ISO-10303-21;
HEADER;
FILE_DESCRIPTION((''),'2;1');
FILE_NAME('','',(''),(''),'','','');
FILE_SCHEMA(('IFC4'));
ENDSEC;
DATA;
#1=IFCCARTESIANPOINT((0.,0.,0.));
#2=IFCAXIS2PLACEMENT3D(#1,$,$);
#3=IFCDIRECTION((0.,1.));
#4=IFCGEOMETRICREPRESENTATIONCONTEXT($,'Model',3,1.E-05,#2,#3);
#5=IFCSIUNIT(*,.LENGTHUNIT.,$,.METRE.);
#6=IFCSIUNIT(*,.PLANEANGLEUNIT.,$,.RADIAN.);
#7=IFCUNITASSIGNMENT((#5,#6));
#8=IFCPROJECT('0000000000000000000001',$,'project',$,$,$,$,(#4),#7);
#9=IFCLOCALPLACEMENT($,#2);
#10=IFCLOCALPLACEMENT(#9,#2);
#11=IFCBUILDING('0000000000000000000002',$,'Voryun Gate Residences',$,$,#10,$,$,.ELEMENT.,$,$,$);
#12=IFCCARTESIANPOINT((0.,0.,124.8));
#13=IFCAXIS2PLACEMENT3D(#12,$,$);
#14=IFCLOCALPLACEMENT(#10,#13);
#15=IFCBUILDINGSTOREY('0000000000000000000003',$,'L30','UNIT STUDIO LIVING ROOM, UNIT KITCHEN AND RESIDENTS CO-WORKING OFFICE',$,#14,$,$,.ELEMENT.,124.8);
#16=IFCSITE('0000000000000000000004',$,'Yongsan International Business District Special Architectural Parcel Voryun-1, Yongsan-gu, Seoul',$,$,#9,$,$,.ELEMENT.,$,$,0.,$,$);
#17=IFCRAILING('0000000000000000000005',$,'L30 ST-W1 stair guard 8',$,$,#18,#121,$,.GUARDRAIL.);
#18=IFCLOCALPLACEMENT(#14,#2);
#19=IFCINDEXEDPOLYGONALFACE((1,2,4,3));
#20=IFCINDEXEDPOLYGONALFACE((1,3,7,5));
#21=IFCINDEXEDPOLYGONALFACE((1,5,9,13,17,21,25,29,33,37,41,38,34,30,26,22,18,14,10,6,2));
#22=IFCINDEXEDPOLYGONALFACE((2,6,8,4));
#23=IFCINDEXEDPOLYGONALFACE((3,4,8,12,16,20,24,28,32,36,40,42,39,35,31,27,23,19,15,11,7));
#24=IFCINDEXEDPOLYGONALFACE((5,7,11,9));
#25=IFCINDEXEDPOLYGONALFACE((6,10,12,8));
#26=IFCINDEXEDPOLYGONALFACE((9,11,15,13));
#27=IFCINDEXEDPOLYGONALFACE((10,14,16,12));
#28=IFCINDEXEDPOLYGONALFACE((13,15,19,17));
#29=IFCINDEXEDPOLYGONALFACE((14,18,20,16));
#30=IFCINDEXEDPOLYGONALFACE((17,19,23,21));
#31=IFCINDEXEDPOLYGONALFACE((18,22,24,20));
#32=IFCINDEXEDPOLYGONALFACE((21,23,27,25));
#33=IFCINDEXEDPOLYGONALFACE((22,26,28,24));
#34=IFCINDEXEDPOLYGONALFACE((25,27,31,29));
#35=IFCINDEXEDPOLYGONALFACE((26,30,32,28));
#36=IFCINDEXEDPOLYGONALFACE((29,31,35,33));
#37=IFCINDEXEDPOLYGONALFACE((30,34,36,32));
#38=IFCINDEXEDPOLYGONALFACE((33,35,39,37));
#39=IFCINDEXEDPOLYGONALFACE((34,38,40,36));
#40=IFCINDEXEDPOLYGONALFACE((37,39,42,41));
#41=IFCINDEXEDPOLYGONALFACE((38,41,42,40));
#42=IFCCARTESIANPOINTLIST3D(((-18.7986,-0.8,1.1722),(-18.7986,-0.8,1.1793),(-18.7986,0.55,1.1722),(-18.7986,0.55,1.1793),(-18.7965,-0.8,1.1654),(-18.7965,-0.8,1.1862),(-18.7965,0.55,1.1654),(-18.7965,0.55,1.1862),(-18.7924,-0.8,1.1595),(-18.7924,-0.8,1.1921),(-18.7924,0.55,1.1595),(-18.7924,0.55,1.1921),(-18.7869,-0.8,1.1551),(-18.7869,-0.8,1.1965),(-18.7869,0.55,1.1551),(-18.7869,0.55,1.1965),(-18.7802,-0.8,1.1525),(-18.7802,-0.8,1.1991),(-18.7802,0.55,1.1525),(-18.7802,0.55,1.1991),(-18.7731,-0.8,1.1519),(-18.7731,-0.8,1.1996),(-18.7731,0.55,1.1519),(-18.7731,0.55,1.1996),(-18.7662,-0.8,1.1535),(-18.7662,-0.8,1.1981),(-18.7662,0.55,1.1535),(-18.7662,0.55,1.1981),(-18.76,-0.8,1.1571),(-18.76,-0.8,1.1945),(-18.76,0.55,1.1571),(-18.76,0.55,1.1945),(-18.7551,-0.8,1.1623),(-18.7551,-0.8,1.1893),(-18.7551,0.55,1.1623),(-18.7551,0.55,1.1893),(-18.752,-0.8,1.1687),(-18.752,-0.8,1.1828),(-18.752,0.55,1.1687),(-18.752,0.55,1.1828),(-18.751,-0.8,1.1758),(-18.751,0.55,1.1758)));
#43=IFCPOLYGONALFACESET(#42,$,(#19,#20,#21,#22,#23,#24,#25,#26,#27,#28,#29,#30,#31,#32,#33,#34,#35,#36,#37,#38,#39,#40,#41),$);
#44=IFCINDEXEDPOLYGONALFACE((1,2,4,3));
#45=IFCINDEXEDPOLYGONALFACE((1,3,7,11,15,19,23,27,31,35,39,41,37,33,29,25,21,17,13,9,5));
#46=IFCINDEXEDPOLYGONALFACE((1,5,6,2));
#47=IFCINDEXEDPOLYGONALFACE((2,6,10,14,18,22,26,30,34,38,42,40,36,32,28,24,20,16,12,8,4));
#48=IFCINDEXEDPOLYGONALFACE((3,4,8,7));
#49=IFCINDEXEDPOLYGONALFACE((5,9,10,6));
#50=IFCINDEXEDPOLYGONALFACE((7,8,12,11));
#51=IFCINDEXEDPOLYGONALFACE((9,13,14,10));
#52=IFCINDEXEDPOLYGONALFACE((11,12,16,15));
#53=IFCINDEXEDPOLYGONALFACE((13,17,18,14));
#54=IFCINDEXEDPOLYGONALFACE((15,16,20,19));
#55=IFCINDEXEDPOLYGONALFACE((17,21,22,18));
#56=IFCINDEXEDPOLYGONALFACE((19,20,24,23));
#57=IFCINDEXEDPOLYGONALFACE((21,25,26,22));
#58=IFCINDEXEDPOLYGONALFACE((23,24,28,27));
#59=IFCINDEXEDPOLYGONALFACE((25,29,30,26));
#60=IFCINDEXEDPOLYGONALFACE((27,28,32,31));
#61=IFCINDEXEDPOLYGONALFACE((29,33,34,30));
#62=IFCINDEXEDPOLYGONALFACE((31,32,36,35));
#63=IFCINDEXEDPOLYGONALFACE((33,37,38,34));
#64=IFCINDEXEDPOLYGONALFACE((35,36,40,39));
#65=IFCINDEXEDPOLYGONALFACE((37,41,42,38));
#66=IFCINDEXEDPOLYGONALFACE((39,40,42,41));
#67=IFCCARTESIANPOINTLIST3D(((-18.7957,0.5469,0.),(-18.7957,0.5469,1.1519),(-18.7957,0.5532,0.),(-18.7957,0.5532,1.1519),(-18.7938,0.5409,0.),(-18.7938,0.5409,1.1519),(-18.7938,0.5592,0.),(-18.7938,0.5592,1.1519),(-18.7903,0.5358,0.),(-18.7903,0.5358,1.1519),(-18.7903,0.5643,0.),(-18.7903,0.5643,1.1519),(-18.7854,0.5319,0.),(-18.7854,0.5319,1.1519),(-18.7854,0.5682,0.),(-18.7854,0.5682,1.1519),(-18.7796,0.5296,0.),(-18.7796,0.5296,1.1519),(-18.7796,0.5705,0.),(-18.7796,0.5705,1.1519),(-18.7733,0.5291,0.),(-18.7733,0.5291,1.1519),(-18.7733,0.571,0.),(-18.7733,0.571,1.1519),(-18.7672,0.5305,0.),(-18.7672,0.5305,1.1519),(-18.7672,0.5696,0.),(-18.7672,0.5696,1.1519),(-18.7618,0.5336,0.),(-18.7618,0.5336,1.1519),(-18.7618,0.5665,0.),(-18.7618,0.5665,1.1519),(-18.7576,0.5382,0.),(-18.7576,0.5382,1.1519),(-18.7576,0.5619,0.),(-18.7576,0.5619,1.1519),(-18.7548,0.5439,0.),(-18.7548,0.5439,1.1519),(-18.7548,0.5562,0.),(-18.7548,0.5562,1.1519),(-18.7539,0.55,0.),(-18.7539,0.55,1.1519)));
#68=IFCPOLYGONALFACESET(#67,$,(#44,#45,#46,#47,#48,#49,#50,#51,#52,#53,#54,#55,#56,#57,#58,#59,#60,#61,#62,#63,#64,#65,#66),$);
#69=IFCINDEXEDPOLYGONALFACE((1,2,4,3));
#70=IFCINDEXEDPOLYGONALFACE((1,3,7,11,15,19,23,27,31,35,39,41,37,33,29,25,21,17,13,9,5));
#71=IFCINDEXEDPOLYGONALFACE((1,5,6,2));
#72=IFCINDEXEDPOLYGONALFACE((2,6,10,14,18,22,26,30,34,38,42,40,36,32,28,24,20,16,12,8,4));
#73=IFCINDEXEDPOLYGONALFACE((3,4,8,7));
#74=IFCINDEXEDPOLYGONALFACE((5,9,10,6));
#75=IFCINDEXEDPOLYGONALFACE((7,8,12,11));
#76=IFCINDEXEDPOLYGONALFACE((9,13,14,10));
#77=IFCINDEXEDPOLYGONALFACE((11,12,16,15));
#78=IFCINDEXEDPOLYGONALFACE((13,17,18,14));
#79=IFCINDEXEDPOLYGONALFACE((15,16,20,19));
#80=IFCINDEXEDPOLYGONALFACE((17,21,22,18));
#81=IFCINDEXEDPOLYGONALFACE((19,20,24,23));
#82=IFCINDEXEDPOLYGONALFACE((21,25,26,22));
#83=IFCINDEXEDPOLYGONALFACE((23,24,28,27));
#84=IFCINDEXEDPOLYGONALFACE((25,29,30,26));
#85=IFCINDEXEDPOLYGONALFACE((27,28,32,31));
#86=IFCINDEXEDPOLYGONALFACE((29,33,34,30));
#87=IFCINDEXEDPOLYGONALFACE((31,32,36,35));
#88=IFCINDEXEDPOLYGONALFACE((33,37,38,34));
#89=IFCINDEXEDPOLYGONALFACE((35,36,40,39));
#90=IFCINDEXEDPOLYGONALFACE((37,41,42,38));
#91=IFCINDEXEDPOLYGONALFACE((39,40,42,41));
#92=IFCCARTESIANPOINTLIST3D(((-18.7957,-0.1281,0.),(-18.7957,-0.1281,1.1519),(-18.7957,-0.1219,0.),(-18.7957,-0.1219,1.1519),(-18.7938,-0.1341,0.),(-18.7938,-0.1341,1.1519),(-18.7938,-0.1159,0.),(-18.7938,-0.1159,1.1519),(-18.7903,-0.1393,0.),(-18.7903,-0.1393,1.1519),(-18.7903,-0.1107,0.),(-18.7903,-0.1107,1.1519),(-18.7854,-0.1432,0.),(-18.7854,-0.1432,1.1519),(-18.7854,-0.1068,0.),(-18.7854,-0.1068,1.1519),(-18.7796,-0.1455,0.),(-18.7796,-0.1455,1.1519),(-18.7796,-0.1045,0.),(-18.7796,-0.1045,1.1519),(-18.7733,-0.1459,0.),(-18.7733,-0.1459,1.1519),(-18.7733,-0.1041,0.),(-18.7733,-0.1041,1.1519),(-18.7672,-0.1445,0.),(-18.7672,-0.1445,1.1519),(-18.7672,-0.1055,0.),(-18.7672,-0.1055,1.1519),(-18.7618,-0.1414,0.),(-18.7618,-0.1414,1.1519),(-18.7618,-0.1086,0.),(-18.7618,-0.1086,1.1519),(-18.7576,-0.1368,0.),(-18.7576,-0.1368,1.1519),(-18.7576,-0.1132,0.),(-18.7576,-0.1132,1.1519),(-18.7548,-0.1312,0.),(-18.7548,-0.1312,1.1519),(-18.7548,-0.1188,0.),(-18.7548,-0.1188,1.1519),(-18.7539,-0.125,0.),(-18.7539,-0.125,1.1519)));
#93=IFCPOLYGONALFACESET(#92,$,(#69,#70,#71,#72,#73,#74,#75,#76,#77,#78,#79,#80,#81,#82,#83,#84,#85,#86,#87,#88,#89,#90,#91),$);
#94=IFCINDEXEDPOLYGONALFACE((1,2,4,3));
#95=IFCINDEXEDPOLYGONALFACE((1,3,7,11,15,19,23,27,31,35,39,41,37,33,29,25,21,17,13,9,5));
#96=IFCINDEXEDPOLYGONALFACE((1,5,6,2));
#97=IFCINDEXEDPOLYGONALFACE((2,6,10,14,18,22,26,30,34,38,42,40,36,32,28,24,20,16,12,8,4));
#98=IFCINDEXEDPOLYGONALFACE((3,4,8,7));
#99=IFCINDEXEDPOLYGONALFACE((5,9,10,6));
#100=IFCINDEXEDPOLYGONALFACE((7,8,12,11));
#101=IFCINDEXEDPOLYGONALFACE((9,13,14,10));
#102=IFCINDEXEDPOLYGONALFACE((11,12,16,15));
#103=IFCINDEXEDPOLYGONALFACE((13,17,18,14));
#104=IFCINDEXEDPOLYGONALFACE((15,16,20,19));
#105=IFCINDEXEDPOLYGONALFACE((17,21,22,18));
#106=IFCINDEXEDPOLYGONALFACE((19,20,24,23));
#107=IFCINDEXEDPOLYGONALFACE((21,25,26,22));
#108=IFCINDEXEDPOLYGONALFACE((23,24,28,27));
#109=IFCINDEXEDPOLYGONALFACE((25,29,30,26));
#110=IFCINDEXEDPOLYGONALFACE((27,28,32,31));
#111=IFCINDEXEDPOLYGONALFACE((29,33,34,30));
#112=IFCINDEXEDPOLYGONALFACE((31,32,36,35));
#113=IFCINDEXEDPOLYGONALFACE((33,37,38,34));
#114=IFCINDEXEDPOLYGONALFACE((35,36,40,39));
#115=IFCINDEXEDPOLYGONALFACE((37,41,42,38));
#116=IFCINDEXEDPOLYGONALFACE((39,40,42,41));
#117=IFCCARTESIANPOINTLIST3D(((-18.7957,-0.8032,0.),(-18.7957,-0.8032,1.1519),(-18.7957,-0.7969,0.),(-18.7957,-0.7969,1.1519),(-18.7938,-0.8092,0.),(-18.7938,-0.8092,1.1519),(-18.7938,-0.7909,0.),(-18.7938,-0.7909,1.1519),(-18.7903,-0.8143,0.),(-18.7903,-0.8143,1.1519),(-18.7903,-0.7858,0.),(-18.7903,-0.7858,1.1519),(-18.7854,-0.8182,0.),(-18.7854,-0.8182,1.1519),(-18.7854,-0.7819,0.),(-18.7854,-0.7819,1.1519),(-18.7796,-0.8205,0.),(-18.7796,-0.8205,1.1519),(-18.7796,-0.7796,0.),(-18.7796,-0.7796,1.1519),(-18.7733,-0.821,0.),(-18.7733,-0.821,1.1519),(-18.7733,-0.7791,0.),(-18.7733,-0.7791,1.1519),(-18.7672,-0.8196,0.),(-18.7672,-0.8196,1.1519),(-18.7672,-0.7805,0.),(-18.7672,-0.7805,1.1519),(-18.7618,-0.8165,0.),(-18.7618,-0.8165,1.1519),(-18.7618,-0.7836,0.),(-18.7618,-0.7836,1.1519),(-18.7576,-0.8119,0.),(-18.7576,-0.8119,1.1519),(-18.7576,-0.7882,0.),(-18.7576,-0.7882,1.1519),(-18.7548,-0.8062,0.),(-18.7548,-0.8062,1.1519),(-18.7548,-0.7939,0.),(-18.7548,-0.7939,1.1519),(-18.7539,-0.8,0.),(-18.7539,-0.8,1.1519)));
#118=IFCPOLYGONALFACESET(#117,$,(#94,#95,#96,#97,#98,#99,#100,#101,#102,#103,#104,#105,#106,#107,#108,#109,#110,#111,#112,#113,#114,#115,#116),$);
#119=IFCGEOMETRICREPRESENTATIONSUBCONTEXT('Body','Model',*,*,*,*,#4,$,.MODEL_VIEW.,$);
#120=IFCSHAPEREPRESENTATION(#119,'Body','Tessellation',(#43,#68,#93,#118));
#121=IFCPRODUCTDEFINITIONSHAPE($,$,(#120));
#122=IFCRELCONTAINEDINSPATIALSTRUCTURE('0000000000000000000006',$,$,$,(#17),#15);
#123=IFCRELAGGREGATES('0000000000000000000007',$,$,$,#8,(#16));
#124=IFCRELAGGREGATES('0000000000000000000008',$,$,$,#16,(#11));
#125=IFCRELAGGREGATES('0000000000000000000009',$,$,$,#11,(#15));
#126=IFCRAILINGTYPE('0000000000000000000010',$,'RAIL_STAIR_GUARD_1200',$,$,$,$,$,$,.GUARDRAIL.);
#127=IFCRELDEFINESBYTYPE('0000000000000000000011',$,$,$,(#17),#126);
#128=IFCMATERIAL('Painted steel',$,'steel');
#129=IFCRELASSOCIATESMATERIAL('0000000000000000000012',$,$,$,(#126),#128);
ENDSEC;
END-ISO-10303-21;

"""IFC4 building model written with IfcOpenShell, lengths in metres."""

from ifc_helpers import new_model, si_unit, direction, frame, origin, origin_2d, place, context, subcontext, project, spatial, circle, extrude, material, type_object, element, save


model = new_model("IFC4")

# Units and contexts
model_context = context("Model", 3, precision=1e-05, world=origin(), true_north=direction((0.0, 1.0)))
body_context = subcontext(model_context, "Body", "Model", "MODEL_VIEW")
ifc_project = project(units=[si_unit("LENGTHUNIT", "METRE"), si_unit("PLANEANGLEUNIT", "RADIAN")], contexts=[model_context])

# Site, building, storey
site_placement = place(None, origin())
site = spatial("IfcSite", under=ifc_project, at=site_placement, Name="Yongsan International Business District Special Architectural Parcel Voryun-1, Yongsan-gu, Seoul", CompositionType="ELEMENT", RefElevation=0.0)
building_placement = place(site_placement, origin())
building = spatial("IfcBuilding", under=site, at=building_placement, Name="Voryun Gate Residences", CompositionType="ELEMENT")
storey_placement = place(building_placement, frame((0.0, 0.0, 124.8)))
storey = spatial("IfcBuildingStorey", under=building, at=storey_placement, Name="L30", Description="UNIT STUDIO LIVING ROOM, UNIT KITCHEN AND RESIDENTS CO-WORKING OFFICE", CompositionType="ELEMENT", Elevation=124.8)

# Railing
ifc_material_1 = material(Name="Painted steel", Category="steel")
railing_type = type_object("IfcRailingType", Name="RAIL_STAIR_GUARD_1200", PredefinedType="GUARDRAIL", material=ifc_material_1)
railing_1_placement = place(storey_placement, frame((-18.7749, 0.55, 0.0)))
element("IfcRailing", 1, at=railing_1_placement, inside=storey, type_object=railing_type, Name="L30 ST-W1 stair guard 8", PredefinedType="GUARDRAIL", context=body_context, shape_type="SweptSolid", body=[
    extrude(circle(Radius=0.0239, at=origin_2d()), frame((0.0, 0.0, 1.1758), z_axis=(0.0, -1.0, 0.0), x_axis=(1.0, 0.0, 0.0)), (0.0, 0.0, 1.0), 1.3501),
    extrude(circle(Radius=0.021, at=origin_2d()), origin(), (0.0, 0.0, 1.0), 1.1519),
    extrude(circle(Radius=0.021, at=origin_2d()), frame((0.0, -0.675, 0.0)), (0.0, 0.0, 1.0), 1.1519),
    extrude(circle(Radius=0.021, at=origin_2d()), frame((0.0, -1.3501, 0.0)), (0.0, 0.0, 1.0), 1.1519),
])

save(model, "model.ifc")
